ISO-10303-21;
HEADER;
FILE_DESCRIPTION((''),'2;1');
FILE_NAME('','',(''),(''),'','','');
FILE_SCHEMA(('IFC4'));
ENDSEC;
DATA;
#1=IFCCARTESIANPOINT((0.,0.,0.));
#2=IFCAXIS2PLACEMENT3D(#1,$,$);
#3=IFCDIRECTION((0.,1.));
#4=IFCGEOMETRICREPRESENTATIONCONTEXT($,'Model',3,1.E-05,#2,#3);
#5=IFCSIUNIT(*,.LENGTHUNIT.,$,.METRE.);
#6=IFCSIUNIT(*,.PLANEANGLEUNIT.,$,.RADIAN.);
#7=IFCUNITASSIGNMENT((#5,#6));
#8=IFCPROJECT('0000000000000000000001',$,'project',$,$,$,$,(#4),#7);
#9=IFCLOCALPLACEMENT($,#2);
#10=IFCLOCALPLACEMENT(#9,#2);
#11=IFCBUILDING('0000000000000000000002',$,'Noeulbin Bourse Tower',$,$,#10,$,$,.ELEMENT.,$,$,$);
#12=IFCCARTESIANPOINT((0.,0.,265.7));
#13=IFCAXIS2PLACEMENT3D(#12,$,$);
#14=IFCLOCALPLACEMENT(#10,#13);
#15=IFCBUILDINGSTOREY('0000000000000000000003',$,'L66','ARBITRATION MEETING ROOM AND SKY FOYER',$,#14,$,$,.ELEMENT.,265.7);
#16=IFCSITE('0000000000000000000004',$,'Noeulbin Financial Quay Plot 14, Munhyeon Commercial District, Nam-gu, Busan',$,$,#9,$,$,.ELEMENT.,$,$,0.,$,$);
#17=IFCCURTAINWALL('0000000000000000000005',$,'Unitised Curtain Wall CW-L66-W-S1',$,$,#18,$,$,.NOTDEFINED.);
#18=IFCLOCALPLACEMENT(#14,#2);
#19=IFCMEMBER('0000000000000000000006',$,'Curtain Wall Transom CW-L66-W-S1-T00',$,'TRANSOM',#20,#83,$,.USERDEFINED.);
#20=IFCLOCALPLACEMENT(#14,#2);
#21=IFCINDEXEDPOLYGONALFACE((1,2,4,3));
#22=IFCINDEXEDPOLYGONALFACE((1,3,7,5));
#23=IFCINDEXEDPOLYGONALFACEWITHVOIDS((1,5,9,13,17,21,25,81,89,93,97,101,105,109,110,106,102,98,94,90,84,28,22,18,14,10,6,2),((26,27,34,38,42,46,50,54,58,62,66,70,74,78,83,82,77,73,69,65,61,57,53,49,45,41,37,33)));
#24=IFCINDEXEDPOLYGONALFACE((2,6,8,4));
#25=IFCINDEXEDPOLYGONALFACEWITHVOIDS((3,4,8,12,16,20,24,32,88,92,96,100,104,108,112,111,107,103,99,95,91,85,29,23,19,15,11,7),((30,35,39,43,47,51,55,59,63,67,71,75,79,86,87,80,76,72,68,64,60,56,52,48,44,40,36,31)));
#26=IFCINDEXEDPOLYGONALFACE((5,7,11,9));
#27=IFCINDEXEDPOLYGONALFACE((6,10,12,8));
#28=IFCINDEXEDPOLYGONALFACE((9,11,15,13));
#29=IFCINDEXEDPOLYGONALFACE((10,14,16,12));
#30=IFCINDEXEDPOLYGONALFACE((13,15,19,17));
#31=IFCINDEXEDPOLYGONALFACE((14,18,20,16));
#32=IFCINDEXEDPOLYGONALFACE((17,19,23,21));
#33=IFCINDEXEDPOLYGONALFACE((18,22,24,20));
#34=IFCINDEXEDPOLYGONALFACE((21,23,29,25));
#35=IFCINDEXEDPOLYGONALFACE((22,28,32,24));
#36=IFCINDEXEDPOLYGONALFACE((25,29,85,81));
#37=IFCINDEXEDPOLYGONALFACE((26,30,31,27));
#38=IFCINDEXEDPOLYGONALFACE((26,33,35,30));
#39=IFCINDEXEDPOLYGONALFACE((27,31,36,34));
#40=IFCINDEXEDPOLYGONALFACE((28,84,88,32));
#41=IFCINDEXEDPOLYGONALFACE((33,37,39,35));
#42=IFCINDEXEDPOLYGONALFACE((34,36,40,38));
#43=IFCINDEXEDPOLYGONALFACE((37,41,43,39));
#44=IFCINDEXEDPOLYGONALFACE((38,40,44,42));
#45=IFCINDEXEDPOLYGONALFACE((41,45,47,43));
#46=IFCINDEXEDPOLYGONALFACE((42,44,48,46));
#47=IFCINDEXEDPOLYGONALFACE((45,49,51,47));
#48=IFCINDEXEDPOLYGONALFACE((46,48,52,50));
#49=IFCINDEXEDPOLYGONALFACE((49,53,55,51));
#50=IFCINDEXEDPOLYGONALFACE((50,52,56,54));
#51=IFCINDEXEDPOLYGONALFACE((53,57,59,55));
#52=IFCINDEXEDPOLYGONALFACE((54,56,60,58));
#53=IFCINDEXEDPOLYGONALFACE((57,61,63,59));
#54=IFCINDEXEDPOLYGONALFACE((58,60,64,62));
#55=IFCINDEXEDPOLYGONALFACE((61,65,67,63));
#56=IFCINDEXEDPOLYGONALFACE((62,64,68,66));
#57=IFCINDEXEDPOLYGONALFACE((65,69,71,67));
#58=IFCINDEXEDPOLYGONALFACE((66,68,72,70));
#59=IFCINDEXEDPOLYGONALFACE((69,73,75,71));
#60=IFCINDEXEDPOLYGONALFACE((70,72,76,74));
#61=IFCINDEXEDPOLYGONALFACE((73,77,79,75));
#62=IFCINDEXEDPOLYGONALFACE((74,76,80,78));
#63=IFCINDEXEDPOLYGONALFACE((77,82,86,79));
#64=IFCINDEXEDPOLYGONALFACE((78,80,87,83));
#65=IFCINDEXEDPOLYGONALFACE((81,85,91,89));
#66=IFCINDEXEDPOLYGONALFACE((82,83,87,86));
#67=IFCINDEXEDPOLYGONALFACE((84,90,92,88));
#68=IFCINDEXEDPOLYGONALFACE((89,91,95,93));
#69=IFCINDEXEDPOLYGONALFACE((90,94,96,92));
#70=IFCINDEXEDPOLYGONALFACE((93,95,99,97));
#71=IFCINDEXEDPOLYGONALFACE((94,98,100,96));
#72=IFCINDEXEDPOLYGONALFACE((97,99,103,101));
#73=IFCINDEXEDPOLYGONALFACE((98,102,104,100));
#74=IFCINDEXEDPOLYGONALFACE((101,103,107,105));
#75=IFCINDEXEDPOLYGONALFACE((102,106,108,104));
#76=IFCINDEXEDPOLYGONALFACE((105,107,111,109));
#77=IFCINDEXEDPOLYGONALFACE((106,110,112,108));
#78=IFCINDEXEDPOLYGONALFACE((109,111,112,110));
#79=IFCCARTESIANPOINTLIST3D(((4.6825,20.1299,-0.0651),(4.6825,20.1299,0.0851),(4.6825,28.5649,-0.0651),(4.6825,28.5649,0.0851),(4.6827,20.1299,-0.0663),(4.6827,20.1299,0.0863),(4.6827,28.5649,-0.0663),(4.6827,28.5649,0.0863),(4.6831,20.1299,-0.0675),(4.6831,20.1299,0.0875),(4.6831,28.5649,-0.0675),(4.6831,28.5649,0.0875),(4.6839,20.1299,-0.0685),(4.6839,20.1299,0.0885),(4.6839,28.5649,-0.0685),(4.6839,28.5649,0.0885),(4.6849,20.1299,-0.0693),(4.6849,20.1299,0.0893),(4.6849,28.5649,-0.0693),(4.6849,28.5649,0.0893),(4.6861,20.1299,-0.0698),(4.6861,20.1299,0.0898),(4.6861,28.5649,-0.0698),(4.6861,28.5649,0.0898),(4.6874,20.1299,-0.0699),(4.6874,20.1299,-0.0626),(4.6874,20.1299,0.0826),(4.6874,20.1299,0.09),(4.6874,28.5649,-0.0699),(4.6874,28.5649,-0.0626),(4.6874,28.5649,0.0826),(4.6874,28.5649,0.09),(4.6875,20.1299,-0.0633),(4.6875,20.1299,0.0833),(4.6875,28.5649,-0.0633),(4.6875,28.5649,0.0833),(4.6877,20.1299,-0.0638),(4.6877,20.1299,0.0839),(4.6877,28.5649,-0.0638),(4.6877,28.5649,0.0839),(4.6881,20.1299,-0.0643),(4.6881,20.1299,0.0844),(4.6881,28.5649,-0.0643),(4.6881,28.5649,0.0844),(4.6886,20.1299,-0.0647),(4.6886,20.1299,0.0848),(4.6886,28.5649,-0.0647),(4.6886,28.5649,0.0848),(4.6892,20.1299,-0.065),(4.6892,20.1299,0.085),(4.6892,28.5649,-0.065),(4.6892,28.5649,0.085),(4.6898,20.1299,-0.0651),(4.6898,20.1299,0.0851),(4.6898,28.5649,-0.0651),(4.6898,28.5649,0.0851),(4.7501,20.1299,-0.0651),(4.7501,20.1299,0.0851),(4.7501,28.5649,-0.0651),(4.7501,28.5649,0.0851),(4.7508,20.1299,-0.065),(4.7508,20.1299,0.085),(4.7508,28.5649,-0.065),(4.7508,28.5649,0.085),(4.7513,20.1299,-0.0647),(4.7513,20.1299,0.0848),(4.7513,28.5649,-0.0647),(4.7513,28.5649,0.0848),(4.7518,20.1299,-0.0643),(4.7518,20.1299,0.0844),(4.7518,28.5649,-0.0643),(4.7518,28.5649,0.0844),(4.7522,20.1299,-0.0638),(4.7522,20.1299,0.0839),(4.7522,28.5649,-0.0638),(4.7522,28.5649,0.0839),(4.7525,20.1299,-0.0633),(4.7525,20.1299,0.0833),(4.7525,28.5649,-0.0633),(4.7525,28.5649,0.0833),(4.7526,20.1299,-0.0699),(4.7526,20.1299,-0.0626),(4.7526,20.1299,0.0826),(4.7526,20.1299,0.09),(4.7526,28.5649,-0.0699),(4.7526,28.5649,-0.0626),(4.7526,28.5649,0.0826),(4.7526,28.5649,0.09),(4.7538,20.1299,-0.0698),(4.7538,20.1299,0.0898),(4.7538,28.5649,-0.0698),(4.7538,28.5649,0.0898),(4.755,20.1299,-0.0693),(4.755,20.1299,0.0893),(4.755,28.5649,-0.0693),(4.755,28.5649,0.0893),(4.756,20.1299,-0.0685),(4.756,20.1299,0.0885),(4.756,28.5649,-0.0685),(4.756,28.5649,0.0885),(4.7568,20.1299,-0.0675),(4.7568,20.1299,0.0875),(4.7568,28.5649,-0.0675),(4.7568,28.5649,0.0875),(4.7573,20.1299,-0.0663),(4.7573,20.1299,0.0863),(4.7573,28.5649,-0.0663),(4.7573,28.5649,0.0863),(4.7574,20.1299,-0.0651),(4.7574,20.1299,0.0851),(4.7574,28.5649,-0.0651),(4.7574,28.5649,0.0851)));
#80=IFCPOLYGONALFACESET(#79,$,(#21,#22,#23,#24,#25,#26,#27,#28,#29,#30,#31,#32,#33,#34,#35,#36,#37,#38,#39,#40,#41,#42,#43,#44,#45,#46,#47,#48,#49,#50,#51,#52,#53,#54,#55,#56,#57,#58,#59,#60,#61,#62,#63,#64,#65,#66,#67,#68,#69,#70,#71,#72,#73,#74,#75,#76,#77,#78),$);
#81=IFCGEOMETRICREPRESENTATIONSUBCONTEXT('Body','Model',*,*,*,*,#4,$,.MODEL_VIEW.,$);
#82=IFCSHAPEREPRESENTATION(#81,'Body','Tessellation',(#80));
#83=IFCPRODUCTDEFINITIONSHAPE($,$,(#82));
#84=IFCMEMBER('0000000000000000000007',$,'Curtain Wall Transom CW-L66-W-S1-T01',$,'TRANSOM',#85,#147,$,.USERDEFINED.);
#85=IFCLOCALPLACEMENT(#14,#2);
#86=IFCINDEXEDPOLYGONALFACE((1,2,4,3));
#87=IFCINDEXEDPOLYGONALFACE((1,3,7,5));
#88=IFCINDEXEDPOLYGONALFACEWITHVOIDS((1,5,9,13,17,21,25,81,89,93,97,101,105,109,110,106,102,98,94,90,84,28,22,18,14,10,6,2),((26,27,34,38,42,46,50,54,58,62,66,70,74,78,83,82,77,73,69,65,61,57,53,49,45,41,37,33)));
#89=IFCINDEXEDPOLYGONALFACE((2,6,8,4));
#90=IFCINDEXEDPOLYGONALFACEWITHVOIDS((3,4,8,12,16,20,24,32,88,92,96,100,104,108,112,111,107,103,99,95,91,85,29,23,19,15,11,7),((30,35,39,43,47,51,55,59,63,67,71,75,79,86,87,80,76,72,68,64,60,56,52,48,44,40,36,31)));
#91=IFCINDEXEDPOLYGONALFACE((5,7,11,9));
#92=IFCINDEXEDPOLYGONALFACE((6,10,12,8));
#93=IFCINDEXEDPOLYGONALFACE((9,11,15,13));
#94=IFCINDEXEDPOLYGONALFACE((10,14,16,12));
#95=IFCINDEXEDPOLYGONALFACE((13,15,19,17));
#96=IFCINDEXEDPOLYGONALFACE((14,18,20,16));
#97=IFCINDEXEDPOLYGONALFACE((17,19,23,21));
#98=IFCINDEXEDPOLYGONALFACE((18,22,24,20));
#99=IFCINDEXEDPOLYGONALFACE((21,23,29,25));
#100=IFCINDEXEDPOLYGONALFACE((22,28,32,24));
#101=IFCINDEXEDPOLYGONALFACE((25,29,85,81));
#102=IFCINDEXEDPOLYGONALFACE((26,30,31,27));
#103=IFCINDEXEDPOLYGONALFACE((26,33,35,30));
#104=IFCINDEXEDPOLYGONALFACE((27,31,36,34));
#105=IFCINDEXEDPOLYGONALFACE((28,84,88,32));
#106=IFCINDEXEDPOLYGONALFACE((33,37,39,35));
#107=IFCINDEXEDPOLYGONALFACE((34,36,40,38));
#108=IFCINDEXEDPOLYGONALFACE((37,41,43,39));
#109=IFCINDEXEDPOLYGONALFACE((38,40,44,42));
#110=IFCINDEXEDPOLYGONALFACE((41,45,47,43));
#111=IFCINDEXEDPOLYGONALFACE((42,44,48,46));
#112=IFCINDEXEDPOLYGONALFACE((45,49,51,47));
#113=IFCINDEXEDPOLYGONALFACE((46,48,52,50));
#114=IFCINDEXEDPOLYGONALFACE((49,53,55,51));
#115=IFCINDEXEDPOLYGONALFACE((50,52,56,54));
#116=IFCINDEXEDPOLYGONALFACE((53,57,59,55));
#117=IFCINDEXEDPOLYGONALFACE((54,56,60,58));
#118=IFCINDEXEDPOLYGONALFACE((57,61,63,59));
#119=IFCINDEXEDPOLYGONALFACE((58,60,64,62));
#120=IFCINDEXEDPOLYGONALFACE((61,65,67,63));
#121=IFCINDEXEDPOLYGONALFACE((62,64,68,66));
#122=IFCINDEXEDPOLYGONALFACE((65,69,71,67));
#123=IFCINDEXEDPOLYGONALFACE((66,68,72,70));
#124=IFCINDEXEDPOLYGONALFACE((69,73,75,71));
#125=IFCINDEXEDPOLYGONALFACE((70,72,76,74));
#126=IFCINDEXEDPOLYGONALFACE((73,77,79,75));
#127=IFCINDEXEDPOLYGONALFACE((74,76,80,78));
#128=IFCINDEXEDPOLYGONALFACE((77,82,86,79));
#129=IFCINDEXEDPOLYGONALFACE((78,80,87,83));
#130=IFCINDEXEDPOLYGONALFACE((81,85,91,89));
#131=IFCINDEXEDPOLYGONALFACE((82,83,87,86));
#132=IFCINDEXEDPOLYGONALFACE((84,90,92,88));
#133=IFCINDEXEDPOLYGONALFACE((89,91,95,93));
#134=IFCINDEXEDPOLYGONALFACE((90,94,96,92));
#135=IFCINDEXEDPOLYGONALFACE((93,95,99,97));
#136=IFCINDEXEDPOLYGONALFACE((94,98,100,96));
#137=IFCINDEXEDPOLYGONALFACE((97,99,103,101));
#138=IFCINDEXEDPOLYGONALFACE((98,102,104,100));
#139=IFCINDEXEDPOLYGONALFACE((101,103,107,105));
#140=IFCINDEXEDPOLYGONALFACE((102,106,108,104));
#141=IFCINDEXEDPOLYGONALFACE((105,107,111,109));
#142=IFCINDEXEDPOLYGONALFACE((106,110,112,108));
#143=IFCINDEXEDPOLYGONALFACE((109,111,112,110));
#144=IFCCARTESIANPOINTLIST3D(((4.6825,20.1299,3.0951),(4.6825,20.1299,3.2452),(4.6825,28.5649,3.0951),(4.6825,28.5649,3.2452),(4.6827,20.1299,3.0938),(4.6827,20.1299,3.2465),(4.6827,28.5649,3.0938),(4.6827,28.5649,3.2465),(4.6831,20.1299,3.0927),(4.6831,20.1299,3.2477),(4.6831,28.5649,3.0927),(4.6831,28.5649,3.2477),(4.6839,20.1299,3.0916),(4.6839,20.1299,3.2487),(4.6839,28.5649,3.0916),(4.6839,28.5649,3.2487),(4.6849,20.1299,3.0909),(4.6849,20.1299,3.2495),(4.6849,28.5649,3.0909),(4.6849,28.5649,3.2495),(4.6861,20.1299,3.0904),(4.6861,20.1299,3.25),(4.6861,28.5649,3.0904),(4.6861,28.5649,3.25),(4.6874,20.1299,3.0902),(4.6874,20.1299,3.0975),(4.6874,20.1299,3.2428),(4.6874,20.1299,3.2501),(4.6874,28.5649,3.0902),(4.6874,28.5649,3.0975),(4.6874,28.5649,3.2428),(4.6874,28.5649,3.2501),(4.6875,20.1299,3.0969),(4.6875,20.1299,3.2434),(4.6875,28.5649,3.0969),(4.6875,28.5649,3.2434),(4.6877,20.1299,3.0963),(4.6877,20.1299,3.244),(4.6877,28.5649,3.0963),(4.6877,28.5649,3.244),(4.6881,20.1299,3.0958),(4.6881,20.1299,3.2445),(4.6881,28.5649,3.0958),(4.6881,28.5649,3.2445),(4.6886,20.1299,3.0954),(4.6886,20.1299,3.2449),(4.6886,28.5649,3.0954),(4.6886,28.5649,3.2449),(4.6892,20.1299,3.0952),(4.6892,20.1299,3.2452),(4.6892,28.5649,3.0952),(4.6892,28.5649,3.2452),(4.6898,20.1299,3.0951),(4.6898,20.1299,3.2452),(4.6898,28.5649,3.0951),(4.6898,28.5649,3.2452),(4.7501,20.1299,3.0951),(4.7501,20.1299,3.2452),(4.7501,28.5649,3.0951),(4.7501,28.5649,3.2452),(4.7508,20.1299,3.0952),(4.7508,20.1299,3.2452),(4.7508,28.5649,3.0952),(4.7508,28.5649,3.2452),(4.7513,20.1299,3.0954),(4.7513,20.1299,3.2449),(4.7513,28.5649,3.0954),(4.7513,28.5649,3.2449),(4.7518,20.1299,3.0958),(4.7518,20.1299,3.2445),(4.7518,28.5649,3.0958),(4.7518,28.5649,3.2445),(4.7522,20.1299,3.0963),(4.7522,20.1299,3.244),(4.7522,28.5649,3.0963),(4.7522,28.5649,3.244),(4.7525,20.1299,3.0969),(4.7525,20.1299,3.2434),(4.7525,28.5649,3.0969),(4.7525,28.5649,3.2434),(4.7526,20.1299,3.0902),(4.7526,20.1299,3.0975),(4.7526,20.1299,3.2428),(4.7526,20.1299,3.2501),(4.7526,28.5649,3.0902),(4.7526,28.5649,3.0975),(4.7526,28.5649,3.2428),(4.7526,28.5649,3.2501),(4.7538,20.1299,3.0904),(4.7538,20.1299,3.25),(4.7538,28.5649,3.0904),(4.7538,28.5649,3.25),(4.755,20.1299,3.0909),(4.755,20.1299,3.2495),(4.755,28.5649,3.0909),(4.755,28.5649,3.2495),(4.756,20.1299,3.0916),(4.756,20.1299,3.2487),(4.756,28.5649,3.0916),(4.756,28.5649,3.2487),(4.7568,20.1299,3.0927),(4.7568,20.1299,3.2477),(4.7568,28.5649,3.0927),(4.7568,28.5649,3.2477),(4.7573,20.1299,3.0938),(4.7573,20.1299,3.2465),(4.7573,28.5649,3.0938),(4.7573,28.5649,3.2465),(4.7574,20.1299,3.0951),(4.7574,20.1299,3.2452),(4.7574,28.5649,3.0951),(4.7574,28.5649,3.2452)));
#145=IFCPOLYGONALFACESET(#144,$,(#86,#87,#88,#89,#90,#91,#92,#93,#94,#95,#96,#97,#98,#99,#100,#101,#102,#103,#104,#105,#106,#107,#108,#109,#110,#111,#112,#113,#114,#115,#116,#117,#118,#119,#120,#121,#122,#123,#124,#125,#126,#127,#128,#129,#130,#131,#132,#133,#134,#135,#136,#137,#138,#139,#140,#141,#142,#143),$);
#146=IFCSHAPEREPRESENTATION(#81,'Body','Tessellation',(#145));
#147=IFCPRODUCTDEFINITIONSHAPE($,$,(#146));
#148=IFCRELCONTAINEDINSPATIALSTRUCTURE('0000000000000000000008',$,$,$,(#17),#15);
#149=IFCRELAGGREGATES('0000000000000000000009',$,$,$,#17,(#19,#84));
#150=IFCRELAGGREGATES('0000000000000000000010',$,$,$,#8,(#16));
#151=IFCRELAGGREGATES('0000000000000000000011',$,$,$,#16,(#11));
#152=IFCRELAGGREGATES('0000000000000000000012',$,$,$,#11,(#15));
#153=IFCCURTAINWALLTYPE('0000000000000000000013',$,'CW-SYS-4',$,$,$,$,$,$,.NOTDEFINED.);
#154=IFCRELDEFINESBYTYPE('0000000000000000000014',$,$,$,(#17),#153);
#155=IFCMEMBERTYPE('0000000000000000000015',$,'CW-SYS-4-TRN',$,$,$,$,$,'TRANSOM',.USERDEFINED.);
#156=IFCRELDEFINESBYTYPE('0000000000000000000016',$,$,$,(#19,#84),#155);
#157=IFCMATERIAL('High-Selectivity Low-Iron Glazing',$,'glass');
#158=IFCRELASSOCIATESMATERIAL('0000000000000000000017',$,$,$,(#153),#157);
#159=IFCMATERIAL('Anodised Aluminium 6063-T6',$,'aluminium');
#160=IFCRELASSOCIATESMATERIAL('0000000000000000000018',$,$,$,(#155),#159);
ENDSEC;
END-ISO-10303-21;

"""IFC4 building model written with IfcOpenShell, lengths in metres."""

from ifc_helpers import new_model, si_unit, direction, frame, origin, origin_2d, place, context, subcontext, project, spatial, hollow_rectangle, extrude, material, material_profile, profile_set, type_object, element, aggregate, save


model = new_model("IFC4")

# Units and contexts
model_context = context("Model", 3, precision=1e-05, world=origin(), true_north=direction((0.0, 1.0)))
body_context = subcontext(model_context, "Body", "Model", "MODEL_VIEW")
ifc_project = project(units=[si_unit("LENGTHUNIT", "METRE"), si_unit("PLANEANGLEUNIT", "RADIAN")], contexts=[model_context])

# Site, building, storey
site_placement = place(None, origin())
site = spatial("IfcSite", under=ifc_project, at=site_placement, Name="Noeulbin Financial Quay Plot 14, Munhyeon Commercial District, Nam-gu, Busan", CompositionType="ELEMENT", RefElevation=0.0)
building_placement = place(site_placement, origin())
building = spatial("IfcBuilding", under=site, at=building_placement, Name="Noeulbin Bourse Tower", CompositionType="ELEMENT")
storey_placement = place(building_placement, frame((0.0, 0.0, 265.7)))
storey = spatial("IfcBuildingStorey", under=building, at=storey_placement, Name="L66", Description="ARBITRATION MEETING ROOM AND SKY FOYER", CompositionType="ELEMENT", Elevation=265.7)

# Curtain wall
ifc_material_1 = material(Name="High-Selectivity Low-Iron Glazing", Category="glass")
curtain_wall_type = type_object("IfcCurtainWallType", Name="CW-SYS-4", PredefinedType="NOTDEFINED", material=ifc_material_1)
curtain_wall_1_placement = place(storey_placement, origin())
curtain_wall_1 = element("IfcCurtainWall", 1, at=curtain_wall_1_placement, inside=storey, type_object=curtain_wall_type, Name="Unitised Curtain Wall CW-L66-W-S1", PredefinedType="NOTDEFINED")
ifc_material_2 = material(Name="Anodised Aluminium 6063-T6", Category="aluminium")

# Members
ifc_material_profile_1 = material_profile(ifc_material_2, hollow_rectangle(XDim=0.075, YDim=0.1599, WallThickness=0.0049, InnerFilletRadius=0.0024, OuterFilletRadius=0.0049, at=origin_2d()), Name="ALU-TRAN-75x160x5", Category="LoadBearing")
ifc_profile_set_1 = profile_set([ifc_material_profile_1], Name="Anodised Aluminium 6063-T6")
member_type_1 = type_object("IfcMemberType", Name="CW-SYS-4-TRN", ElementType="TRANSOM", PredefinedType="USERDEFINED", material=ifc_profile_set_1)
member_1_placement = place(storey_placement, frame((4.72, 20.1299, 0.01), z_axis=(0.0, 1.0, 0.0), x_axis=(-1.0, 0.0, 0.0)))
member_1 = element("IfcMember", 2, at=member_1_placement, type_object=member_type_1, Name="Curtain Wall Transom CW-L66-W-S1-T00", ObjectType="TRANSOM", PredefinedType="USERDEFINED", context=body_context, shape_type="SweptSolid", body=[
    extrude(hollow_rectangle(XDim=0.075, YDim=0.1599, WallThickness=0.0049, InnerFilletRadius=0.0024, OuterFilletRadius=0.0049, at=origin_2d()), origin(), (0.0, 0.0, 1.0), 8.4351),
])
member_2_placement = place(storey_placement, frame((4.72, 20.1299, 3.1702), z_axis=(0.0, 1.0, 0.0), x_axis=(-1.0, 0.0, 0.0)))
member_2 = element("IfcMember", 3, at=member_2_placement, type_object=member_type_1, Name="Curtain Wall Transom CW-L66-W-S1-T01", ObjectType="TRANSOM", PredefinedType="USERDEFINED", context=body_context, shape_type="SweptSolid", body=[
    extrude(hollow_rectangle(XDim=0.075, YDim=0.1599, WallThickness=0.0049, InnerFilletRadius=0.0024, OuterFilletRadius=0.0049, at=origin_2d()), origin(), (0.0, 0.0, 1.0), 8.4351),
])

aggregate(curtain_wall_1, [member_1, member_2])

save(model, "model.ifc")
